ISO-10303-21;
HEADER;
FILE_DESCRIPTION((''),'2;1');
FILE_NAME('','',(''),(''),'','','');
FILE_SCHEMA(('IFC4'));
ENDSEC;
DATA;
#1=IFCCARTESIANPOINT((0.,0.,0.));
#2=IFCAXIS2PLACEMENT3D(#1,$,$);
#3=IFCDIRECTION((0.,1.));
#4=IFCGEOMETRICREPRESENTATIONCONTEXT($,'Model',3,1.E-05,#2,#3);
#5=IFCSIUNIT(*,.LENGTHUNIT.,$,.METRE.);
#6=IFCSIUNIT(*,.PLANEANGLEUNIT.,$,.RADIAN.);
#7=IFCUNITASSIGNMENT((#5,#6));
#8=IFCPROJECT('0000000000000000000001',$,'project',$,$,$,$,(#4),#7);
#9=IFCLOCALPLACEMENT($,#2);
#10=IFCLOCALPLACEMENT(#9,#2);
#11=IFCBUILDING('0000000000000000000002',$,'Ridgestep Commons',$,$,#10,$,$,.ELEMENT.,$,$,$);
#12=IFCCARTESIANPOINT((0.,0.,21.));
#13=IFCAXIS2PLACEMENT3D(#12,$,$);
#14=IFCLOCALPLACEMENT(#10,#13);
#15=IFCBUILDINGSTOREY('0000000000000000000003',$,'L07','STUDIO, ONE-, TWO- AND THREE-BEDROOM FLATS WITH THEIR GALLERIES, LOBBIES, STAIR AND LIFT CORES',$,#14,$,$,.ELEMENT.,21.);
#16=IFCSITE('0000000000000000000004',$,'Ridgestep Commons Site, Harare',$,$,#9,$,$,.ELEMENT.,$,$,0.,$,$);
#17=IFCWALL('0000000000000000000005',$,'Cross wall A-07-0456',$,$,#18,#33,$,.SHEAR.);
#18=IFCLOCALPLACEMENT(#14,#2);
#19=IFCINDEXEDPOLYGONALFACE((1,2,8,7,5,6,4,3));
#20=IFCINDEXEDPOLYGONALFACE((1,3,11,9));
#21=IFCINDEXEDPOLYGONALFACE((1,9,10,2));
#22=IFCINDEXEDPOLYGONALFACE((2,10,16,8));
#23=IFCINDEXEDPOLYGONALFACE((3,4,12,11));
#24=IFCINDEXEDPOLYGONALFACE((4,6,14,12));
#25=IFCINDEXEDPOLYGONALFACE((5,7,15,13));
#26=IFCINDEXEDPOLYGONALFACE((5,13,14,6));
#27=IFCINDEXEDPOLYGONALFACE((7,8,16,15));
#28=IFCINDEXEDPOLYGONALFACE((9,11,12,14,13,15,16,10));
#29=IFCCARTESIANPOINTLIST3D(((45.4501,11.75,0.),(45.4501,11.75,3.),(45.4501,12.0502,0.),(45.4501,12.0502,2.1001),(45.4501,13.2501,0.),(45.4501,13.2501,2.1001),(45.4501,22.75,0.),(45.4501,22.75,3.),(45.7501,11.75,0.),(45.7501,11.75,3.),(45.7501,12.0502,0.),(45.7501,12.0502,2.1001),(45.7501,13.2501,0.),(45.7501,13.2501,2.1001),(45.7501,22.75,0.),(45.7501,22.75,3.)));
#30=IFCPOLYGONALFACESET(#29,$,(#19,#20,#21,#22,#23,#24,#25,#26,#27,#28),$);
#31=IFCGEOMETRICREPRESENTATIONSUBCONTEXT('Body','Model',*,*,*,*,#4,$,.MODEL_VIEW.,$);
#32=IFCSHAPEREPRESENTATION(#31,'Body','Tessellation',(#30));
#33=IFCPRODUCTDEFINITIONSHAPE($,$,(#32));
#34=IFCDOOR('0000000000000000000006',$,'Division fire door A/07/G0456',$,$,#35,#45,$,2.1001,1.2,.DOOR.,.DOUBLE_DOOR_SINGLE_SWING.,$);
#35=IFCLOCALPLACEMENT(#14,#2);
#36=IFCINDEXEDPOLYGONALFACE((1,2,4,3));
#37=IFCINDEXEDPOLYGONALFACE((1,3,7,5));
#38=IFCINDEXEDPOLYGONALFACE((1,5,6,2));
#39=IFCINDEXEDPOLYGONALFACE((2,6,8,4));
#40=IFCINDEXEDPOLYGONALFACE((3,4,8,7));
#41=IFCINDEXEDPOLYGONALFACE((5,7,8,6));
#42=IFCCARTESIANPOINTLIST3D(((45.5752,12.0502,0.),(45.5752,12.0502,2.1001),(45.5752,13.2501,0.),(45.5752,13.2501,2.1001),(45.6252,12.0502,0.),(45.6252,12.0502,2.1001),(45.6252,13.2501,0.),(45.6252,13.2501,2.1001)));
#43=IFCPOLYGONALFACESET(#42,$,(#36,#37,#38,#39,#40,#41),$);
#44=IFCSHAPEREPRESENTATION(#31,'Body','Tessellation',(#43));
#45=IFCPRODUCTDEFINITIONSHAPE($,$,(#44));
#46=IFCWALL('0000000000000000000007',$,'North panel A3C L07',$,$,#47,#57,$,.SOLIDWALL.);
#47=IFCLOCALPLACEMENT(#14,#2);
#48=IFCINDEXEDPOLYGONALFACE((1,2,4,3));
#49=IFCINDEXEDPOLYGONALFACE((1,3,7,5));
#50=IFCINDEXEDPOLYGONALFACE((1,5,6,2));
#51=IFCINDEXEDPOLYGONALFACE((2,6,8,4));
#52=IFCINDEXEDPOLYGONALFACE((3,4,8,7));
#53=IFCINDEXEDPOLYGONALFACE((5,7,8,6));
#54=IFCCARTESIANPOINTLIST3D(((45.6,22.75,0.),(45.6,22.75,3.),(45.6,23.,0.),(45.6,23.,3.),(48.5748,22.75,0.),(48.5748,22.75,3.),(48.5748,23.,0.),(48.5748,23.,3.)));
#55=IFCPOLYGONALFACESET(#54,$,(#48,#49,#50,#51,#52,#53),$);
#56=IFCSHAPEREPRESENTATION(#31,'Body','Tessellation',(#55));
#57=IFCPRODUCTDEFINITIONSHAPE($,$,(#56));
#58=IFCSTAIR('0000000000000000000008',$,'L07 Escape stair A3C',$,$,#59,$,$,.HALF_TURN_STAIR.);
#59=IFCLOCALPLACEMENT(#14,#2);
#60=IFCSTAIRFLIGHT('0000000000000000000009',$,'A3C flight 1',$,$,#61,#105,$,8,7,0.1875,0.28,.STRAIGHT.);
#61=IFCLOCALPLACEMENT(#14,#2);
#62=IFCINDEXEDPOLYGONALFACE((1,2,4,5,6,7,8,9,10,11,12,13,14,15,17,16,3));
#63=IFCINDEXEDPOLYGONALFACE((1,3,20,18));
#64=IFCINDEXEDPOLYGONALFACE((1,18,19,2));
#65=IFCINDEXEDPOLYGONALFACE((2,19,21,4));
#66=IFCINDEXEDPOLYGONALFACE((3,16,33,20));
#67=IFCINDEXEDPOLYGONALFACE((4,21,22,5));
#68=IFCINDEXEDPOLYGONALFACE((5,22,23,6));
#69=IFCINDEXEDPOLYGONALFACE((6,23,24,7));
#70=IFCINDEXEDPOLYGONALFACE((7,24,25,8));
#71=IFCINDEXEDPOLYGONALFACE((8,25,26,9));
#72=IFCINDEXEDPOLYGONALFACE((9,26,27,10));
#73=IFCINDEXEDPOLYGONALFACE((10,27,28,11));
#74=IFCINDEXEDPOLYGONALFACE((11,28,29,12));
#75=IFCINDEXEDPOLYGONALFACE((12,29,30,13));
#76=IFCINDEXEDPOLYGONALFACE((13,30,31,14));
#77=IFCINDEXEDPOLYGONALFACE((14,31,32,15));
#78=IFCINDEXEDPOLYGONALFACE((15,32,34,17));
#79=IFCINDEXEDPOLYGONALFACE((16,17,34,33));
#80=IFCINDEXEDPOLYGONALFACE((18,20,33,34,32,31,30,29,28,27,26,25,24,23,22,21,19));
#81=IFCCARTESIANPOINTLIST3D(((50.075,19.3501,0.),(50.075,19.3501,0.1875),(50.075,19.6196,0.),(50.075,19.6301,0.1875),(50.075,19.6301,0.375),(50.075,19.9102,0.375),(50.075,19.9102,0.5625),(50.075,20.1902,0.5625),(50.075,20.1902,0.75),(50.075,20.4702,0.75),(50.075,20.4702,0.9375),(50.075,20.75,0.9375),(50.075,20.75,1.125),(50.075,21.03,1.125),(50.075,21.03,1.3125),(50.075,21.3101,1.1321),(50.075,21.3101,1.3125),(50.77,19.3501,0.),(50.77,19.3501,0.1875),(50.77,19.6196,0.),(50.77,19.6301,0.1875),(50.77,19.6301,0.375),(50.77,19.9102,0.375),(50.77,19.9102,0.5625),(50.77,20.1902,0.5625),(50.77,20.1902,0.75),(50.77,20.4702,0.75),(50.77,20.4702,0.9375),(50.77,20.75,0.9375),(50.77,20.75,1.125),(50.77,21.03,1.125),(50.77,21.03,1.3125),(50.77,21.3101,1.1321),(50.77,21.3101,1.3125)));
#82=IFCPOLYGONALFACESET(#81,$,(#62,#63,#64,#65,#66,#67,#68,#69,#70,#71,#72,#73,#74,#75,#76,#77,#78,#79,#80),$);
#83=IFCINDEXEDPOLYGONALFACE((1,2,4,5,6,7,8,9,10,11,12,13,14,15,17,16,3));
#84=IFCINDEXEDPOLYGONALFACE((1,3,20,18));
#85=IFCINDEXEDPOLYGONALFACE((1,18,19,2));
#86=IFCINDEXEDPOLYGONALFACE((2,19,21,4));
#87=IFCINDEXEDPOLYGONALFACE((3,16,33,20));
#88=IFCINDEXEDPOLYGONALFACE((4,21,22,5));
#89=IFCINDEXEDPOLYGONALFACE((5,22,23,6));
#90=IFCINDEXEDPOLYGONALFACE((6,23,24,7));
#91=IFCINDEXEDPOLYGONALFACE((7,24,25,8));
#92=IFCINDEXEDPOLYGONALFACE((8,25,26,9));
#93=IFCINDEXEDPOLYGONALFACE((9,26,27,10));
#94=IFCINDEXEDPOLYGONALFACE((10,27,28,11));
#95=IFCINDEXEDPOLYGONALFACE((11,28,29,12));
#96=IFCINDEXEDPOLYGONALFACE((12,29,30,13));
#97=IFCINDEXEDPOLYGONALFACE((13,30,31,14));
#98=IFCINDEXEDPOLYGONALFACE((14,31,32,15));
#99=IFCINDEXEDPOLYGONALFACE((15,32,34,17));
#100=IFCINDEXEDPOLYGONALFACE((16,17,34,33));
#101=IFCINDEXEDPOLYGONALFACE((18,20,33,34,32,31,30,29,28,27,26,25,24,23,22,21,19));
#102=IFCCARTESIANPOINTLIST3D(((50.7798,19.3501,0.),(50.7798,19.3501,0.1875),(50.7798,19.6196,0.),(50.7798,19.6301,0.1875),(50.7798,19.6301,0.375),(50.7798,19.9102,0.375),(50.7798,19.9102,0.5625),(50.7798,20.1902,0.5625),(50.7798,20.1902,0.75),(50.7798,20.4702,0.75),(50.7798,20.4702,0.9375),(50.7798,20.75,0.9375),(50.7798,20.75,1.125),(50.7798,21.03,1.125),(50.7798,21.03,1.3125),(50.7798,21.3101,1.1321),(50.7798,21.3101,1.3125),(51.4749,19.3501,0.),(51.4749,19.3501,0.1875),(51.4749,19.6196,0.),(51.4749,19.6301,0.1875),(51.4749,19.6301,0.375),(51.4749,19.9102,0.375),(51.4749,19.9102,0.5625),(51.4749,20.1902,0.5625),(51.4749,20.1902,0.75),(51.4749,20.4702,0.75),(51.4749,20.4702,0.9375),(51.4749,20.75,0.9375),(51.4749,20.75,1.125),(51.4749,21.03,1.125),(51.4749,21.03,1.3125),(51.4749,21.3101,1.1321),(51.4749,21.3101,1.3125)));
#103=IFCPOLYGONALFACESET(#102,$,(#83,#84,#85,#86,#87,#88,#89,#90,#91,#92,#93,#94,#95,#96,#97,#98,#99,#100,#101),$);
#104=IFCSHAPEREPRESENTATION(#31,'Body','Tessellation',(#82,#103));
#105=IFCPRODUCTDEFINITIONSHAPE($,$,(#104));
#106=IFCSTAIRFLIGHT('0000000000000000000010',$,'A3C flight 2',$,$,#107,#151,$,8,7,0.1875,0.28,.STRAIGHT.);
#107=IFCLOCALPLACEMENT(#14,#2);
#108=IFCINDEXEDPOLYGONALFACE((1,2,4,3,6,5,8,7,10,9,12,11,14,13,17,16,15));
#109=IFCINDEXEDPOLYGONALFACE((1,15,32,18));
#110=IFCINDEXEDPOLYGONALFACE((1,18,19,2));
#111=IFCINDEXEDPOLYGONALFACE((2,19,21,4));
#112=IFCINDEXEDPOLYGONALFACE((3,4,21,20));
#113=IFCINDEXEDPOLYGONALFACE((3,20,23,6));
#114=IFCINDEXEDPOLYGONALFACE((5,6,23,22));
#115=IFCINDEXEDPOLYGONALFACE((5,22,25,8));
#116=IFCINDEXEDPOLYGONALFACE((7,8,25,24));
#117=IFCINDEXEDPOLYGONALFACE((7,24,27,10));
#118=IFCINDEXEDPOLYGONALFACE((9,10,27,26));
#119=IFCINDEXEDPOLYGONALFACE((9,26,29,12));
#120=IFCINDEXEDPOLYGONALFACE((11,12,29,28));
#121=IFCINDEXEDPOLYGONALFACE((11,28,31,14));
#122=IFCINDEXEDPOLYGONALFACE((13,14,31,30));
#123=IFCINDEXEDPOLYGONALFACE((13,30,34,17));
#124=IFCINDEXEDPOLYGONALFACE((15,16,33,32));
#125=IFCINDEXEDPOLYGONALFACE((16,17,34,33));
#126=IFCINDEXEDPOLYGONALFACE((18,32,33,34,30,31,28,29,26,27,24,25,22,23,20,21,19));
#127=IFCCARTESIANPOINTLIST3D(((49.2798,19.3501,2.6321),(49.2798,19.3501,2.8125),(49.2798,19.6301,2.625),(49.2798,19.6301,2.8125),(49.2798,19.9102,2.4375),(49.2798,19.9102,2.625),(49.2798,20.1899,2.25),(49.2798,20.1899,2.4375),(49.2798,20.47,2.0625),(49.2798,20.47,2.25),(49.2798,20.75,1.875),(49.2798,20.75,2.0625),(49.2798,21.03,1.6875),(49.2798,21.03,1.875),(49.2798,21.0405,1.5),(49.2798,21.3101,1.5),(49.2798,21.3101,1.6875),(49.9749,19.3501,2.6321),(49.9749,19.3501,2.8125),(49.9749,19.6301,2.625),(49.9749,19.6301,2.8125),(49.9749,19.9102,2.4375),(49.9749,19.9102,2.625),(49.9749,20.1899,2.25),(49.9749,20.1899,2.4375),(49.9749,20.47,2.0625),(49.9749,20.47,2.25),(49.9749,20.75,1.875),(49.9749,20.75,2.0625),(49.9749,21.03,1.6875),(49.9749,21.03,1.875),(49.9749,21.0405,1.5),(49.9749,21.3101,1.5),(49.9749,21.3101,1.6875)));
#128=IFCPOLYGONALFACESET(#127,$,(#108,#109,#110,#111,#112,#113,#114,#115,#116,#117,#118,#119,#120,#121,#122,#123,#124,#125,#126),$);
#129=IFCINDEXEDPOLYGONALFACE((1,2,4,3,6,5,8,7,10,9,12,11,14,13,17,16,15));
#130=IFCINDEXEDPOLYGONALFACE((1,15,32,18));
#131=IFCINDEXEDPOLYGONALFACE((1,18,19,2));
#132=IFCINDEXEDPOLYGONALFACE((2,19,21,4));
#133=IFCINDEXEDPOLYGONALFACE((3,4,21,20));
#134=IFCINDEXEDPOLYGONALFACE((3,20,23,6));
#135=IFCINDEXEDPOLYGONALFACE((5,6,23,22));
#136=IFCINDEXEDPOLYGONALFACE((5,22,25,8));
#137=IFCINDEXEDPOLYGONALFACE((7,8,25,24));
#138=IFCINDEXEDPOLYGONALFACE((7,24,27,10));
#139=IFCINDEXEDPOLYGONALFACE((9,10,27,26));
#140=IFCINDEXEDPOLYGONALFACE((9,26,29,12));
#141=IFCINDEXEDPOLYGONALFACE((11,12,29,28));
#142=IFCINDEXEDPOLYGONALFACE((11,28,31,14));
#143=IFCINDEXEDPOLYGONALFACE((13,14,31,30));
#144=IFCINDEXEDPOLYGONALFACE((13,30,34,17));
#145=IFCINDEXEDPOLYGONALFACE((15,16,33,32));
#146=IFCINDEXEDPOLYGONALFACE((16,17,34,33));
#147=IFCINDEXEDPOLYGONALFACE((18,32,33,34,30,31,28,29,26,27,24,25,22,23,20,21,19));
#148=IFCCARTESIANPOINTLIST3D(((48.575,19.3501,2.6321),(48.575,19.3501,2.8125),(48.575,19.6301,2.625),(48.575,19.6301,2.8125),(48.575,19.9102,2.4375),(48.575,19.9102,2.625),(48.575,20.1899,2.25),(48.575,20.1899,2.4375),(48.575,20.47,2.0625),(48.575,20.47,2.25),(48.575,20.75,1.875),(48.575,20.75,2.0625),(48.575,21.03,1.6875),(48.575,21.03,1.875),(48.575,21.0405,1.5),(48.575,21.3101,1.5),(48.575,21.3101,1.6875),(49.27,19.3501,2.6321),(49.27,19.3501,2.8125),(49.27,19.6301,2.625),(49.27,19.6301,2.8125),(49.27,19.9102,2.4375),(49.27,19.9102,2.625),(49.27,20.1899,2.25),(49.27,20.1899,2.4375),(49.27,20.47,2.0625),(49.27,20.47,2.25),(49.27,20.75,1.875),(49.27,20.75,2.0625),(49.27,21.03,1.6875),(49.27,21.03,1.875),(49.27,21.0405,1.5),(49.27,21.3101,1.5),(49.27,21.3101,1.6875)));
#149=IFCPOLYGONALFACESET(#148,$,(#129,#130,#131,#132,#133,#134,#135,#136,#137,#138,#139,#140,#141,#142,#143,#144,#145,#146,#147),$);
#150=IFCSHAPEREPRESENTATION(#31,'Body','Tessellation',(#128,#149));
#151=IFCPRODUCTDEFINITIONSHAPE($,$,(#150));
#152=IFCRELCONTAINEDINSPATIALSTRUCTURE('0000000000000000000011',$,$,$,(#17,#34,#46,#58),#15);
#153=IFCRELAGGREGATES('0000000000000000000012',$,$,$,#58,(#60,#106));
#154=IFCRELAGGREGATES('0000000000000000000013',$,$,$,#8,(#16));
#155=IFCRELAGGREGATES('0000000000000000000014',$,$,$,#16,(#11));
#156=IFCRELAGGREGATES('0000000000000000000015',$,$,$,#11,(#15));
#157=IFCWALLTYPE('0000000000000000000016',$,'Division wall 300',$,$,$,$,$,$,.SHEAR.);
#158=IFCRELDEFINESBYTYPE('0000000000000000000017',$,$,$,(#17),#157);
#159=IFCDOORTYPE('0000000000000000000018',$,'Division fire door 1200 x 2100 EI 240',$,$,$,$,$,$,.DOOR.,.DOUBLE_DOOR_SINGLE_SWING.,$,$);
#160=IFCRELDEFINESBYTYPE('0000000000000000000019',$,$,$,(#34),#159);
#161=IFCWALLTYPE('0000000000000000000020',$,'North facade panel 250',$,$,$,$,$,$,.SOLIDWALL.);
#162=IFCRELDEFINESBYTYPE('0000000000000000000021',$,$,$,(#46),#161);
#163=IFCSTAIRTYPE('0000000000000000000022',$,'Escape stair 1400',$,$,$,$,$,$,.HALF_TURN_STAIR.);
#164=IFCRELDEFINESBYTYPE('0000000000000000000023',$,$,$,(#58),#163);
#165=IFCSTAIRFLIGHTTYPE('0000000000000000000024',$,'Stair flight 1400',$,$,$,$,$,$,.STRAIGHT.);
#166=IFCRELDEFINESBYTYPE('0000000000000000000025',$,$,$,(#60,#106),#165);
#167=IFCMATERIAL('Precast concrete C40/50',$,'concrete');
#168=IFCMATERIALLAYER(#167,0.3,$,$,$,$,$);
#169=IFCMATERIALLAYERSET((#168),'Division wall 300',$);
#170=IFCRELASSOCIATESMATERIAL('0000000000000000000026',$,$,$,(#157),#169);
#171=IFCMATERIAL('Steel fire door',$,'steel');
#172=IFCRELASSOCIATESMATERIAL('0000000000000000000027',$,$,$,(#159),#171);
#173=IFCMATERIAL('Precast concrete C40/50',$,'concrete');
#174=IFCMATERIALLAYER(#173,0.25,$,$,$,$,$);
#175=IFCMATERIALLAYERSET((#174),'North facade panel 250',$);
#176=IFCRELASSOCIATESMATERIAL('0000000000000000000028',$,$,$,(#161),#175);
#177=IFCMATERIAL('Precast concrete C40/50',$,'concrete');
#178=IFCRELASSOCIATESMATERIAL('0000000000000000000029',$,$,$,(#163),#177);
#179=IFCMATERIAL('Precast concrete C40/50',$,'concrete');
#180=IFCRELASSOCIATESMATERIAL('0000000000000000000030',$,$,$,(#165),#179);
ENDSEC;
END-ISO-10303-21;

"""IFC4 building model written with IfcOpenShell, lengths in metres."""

from ifc_helpers import new_model, si_unit, direction, frame, frame_2d, origin, place, context, subcontext, project, spatial, polyline, rectangle, outline, extrude, material, layer, layer_set, type_object, element, fill, aggregate, save


model = new_model("IFC4")

# Units and contexts
model_context = context("Model", 3, precision=1e-05, world=origin(), true_north=direction((0.0, 1.0)))
body_context = subcontext(model_context, "Body", "Model", "MODEL_VIEW")
ifc_project = project(units=[si_unit("LENGTHUNIT", "METRE"), si_unit("PLANEANGLEUNIT", "RADIAN")], contexts=[model_context])

# Site, building, storey
site_placement = place(None, origin())
site = spatial("IfcSite", under=ifc_project, at=site_placement, Name="Ridgestep Commons Site, Harare", CompositionType="ELEMENT", RefElevation=0.0)
building_placement = place(site_placement, origin())
building = spatial("IfcBuilding", under=site, at=building_placement, Name="Ridgestep Commons", CompositionType="ELEMENT")
storey_placement = place(building_placement, frame((0.0, 0.0, 21.0)))
storey = spatial("IfcBuildingStorey", under=building, at=storey_placement, Name="L07", Description="STUDIO, ONE-, TWO- AND THREE-BEDROOM FLATS WITH THEIR GALLERIES, LOBBIES, STAIR AND LIFT CORES", CompositionType="ELEMENT", Elevation=21.0)

# Wall, opening, door
ifc_material_1 = material(Name="Precast concrete C40/50", Category="concrete")
ifc_layer_1 = layer(ifc_material_1, 0.3)
ifc_layer_set_1 = layer_set([ifc_layer_1], Name="Division wall 300")
wall_type_1 = type_object("IfcWallType", Name="Division wall 300", PredefinedType="SHEAR", material=ifc_layer_set_1)
wall_1_placement = place(storey_placement, frame((45.6001, 11.75, 0.0), z_axis=(0.0, 0.0, 1.0), x_axis=(0.0, 1.0, 0.0)))
wall_1 = element("IfcWall", 1, at=wall_1_placement, inside=storey, type_object=wall_type_1, Name="Cross wall A-07-0456", PredefinedType="SHEAR", context=body_context, shape_type="SweptSolid", body=[
    extrude(rectangle(XDim=11.0, YDim=0.3, at=frame_2d((5.5, 0.0))), origin(), (0.0, 0.0, 1.0), 3.0),
])
opening_1_placement = place(wall_1_placement, frame((0.3, 0.0, 0.0)))
opening_1 = element("IfcOpeningElement", 2, at=opening_1_placement, cuts=wall_1, PredefinedType="OPENING", context=body_context, shape_type="SweptSolid", body=[
    extrude(rectangle(XDim=1.2, YDim=2.1001, at=frame_2d((0.6001, 1.05))), frame((0.0, 0.1599, 0.0), z_axis=(0.0, -1.0, 0.0), x_axis=(1.0, 0.0, 0.0)), (0.0, 0.0, 1.0), 0.3201),
])
ifc_material_2 = material(Name="Steel fire door", Category="steel")
door_type_1 = type_object("IfcDoorType", Name="Division fire door 1200 x 2100 EI 240", OperationType="DOUBLE_DOOR_SINGLE_SWING", PredefinedType="DOOR", material=ifc_material_2)
door_1_placement = place(opening_1_placement, origin())
door_1 = element("IfcDoor", 3, at=door_1_placement, inside=storey, type_object=door_type_1, Name="Division fire door A/07/G0456", OperationType="DOUBLE_DOOR_SINGLE_SWING", OverallHeight=2.1001, OverallWidth=1.2, PredefinedType="DOOR", context=body_context, shape_type="SweptSolid", body=[
    extrude(rectangle(XDim=1.2, YDim=2.1001, at=frame_2d((0.6001, 1.05))), frame((0.0, 0.0249, 0.0), z_axis=(0.0, -1.0, 0.0), x_axis=(1.0, 0.0, 0.0)), (0.0, 0.0, 1.0), 0.05),
])
fill(opening_1, door_1)

# Wall
ifc_material_3 = material(Name="Precast concrete C40/50", Category="concrete")
ifc_layer_2 = layer(ifc_material_3, 0.25)
ifc_layer_set_2 = layer_set([ifc_layer_2], Name="North facade panel 250")
wall_type_2 = type_object("IfcWallType", Name="North facade panel 250", PredefinedType="SOLIDWALL", material=ifc_layer_set_2)
wall_2_placement = place(storey_placement, frame((45.6001, 22.875, 0.0), z_axis=(0.0, 0.0, 1.0), x_axis=(1.0, 0.0, 0.0)))
element("IfcWall", 4, at=wall_2_placement, inside=storey, type_object=wall_type_2, Name="North panel A3C L07", PredefinedType="SOLIDWALL", context=body_context, shape_type="SweptSolid", body=[
    extrude(rectangle(XDim=2.9749, YDim=0.25, at=frame_2d((1.4873, 0.0))), origin(), (0.0, 0.0, 1.0), 3.0),
])

# Stair, stair flights
ifc_material_4 = material(Name="Precast concrete C40/50", Category="concrete")
stair_type = type_object("IfcStairType", Name="Escape stair 1400", PredefinedType="HALF_TURN_STAIR", material=ifc_material_4)
stair_placement = place(storey_placement, origin())
stair = element("IfcStair", 5, at=stair_placement, inside=storey, type_object=stair_type, Name="L07 Escape stair A3C", PredefinedType="HALF_TURN_STAIR")
ifc_material_5 = material(Name="Precast concrete C40/50", Category="concrete")
stair_flight_type = type_object("IfcStairFlightType", Name="Stair flight 1400", PredefinedType="STRAIGHT", material=ifc_material_5)
stair_flight_1_placement = place(storey_placement, frame((50.7749, 19.3501, 0.0), z_axis=(0.0, 0.0, 1.0), x_axis=(0.0, 1.0, 0.0)))
stair_flight_1 = element("IfcStairFlight", 6, at=stair_flight_1_placement, type_object=stair_flight_type, Name="A3C flight 1", NumberOfRisers=8, NumberOfTreads=7, PredefinedType="STRAIGHT", RiserHeight=0.1875, TreadLength=0.28, context=body_context, shape_type="SweptSolid", body=[
    extrude(outline(polyline([(0.0, 0.0), (0.0, 0.1875), (0.28, 0.1875), (0.28, 0.375), (0.5601, 0.375), (0.5601, 0.5625), (0.8401, 0.5625), (0.8401, 0.75), (1.1201, 0.75), (1.1201, 0.9375), (1.3999, 0.9375), (1.3999, 1.125), (1.6799, 1.125), (1.6799, 1.3125), (1.96, 1.3125), (1.96, 1.5), (1.96, 1.1321), (0.2695, 0.0), (0.0, 0.0)])), frame((0.0, 0.7, 0.0), z_axis=(0.0, -1.0, 0.0), x_axis=(1.0, 0.0, 0.0)), (0.0, 0.0, 1.0), 0.6951),
    extrude(outline(polyline([(0.0, 0.0), (0.0, 0.1875), (0.28, 0.1875), (0.28, 0.375), (0.5601, 0.375), (0.5601, 0.5625), (0.8401, 0.5625), (0.8401, 0.75), (1.1201, 0.75), (1.1201, 0.9375), (1.3999, 0.9375), (1.3999, 1.125), (1.6799, 1.125), (1.6799, 1.3125), (1.96, 1.3125), (1.96, 1.5), (1.96, 1.1321), (0.2695, 0.0), (0.0, 0.0)])), frame((0.0, -0.0049, 0.0), z_axis=(0.0, -1.0, 0.0), x_axis=(1.0, 0.0, 0.0)), (0.0, 0.0, 1.0), 0.6951),
])
stair_flight_2_placement = place(storey_placement, frame((49.2749, 21.3101, 1.5), z_axis=(0.0, 0.0, 1.0), x_axis=(0.0, -1.0, 0.0)))
stair_flight_2 = element("IfcStairFlight", 7, at=stair_flight_2_placement, type_object=stair_flight_type, Name="A3C flight 2", NumberOfRisers=8, NumberOfTreads=7, PredefinedType="STRAIGHT", RiserHeight=0.1875, TreadLength=0.28, context=body_context, shape_type="SweptSolid", body=[
    extrude(outline(polyline([(0.0, 0.0), (0.0, 0.1875), (0.28, 0.1875), (0.28, 0.375), (0.5601, 0.375), (0.5601, 0.5625), (0.8401, 0.5625), (0.8401, 0.75), (1.1201, 0.75), (1.1201, 0.9375), (1.3999, 0.9375), (1.3999, 1.125), (1.6799, 1.125), (1.6799, 1.3125), (1.96, 1.3125), (1.96, 1.5), (1.96, 1.1321), (0.2695, 0.0), (0.0, 0.0)])), frame((0.0, 0.7, 0.0), z_axis=(0.0, -1.0, 0.0), x_axis=(1.0, 0.0, 0.0)), (0.0, 0.0, 1.0), 0.6951),
    extrude(outline(polyline([(0.0, 0.0), (0.0, 0.1875), (0.28, 0.1875), (0.28, 0.375), (0.5601, 0.375), (0.5601, 0.5625), (0.8401, 0.5625), (0.8401, 0.75), (1.1201, 0.75), (1.1201, 0.9375), (1.3999, 0.9375), (1.3999, 1.125), (1.6799, 1.125), (1.6799, 1.3125), (1.96, 1.3125), (1.96, 1.5), (1.96, 1.1321), (0.2695, 0.0), (0.0, 0.0)])), frame((0.0, -0.0049, 0.0), z_axis=(0.0, -1.0, 0.0), x_axis=(1.0, 0.0, 0.0)), (0.0, 0.0, 1.0), 0.6951),
])
aggregate(stair, [stair_flight_1, stair_flight_2])

save(model, "model.ifc")
